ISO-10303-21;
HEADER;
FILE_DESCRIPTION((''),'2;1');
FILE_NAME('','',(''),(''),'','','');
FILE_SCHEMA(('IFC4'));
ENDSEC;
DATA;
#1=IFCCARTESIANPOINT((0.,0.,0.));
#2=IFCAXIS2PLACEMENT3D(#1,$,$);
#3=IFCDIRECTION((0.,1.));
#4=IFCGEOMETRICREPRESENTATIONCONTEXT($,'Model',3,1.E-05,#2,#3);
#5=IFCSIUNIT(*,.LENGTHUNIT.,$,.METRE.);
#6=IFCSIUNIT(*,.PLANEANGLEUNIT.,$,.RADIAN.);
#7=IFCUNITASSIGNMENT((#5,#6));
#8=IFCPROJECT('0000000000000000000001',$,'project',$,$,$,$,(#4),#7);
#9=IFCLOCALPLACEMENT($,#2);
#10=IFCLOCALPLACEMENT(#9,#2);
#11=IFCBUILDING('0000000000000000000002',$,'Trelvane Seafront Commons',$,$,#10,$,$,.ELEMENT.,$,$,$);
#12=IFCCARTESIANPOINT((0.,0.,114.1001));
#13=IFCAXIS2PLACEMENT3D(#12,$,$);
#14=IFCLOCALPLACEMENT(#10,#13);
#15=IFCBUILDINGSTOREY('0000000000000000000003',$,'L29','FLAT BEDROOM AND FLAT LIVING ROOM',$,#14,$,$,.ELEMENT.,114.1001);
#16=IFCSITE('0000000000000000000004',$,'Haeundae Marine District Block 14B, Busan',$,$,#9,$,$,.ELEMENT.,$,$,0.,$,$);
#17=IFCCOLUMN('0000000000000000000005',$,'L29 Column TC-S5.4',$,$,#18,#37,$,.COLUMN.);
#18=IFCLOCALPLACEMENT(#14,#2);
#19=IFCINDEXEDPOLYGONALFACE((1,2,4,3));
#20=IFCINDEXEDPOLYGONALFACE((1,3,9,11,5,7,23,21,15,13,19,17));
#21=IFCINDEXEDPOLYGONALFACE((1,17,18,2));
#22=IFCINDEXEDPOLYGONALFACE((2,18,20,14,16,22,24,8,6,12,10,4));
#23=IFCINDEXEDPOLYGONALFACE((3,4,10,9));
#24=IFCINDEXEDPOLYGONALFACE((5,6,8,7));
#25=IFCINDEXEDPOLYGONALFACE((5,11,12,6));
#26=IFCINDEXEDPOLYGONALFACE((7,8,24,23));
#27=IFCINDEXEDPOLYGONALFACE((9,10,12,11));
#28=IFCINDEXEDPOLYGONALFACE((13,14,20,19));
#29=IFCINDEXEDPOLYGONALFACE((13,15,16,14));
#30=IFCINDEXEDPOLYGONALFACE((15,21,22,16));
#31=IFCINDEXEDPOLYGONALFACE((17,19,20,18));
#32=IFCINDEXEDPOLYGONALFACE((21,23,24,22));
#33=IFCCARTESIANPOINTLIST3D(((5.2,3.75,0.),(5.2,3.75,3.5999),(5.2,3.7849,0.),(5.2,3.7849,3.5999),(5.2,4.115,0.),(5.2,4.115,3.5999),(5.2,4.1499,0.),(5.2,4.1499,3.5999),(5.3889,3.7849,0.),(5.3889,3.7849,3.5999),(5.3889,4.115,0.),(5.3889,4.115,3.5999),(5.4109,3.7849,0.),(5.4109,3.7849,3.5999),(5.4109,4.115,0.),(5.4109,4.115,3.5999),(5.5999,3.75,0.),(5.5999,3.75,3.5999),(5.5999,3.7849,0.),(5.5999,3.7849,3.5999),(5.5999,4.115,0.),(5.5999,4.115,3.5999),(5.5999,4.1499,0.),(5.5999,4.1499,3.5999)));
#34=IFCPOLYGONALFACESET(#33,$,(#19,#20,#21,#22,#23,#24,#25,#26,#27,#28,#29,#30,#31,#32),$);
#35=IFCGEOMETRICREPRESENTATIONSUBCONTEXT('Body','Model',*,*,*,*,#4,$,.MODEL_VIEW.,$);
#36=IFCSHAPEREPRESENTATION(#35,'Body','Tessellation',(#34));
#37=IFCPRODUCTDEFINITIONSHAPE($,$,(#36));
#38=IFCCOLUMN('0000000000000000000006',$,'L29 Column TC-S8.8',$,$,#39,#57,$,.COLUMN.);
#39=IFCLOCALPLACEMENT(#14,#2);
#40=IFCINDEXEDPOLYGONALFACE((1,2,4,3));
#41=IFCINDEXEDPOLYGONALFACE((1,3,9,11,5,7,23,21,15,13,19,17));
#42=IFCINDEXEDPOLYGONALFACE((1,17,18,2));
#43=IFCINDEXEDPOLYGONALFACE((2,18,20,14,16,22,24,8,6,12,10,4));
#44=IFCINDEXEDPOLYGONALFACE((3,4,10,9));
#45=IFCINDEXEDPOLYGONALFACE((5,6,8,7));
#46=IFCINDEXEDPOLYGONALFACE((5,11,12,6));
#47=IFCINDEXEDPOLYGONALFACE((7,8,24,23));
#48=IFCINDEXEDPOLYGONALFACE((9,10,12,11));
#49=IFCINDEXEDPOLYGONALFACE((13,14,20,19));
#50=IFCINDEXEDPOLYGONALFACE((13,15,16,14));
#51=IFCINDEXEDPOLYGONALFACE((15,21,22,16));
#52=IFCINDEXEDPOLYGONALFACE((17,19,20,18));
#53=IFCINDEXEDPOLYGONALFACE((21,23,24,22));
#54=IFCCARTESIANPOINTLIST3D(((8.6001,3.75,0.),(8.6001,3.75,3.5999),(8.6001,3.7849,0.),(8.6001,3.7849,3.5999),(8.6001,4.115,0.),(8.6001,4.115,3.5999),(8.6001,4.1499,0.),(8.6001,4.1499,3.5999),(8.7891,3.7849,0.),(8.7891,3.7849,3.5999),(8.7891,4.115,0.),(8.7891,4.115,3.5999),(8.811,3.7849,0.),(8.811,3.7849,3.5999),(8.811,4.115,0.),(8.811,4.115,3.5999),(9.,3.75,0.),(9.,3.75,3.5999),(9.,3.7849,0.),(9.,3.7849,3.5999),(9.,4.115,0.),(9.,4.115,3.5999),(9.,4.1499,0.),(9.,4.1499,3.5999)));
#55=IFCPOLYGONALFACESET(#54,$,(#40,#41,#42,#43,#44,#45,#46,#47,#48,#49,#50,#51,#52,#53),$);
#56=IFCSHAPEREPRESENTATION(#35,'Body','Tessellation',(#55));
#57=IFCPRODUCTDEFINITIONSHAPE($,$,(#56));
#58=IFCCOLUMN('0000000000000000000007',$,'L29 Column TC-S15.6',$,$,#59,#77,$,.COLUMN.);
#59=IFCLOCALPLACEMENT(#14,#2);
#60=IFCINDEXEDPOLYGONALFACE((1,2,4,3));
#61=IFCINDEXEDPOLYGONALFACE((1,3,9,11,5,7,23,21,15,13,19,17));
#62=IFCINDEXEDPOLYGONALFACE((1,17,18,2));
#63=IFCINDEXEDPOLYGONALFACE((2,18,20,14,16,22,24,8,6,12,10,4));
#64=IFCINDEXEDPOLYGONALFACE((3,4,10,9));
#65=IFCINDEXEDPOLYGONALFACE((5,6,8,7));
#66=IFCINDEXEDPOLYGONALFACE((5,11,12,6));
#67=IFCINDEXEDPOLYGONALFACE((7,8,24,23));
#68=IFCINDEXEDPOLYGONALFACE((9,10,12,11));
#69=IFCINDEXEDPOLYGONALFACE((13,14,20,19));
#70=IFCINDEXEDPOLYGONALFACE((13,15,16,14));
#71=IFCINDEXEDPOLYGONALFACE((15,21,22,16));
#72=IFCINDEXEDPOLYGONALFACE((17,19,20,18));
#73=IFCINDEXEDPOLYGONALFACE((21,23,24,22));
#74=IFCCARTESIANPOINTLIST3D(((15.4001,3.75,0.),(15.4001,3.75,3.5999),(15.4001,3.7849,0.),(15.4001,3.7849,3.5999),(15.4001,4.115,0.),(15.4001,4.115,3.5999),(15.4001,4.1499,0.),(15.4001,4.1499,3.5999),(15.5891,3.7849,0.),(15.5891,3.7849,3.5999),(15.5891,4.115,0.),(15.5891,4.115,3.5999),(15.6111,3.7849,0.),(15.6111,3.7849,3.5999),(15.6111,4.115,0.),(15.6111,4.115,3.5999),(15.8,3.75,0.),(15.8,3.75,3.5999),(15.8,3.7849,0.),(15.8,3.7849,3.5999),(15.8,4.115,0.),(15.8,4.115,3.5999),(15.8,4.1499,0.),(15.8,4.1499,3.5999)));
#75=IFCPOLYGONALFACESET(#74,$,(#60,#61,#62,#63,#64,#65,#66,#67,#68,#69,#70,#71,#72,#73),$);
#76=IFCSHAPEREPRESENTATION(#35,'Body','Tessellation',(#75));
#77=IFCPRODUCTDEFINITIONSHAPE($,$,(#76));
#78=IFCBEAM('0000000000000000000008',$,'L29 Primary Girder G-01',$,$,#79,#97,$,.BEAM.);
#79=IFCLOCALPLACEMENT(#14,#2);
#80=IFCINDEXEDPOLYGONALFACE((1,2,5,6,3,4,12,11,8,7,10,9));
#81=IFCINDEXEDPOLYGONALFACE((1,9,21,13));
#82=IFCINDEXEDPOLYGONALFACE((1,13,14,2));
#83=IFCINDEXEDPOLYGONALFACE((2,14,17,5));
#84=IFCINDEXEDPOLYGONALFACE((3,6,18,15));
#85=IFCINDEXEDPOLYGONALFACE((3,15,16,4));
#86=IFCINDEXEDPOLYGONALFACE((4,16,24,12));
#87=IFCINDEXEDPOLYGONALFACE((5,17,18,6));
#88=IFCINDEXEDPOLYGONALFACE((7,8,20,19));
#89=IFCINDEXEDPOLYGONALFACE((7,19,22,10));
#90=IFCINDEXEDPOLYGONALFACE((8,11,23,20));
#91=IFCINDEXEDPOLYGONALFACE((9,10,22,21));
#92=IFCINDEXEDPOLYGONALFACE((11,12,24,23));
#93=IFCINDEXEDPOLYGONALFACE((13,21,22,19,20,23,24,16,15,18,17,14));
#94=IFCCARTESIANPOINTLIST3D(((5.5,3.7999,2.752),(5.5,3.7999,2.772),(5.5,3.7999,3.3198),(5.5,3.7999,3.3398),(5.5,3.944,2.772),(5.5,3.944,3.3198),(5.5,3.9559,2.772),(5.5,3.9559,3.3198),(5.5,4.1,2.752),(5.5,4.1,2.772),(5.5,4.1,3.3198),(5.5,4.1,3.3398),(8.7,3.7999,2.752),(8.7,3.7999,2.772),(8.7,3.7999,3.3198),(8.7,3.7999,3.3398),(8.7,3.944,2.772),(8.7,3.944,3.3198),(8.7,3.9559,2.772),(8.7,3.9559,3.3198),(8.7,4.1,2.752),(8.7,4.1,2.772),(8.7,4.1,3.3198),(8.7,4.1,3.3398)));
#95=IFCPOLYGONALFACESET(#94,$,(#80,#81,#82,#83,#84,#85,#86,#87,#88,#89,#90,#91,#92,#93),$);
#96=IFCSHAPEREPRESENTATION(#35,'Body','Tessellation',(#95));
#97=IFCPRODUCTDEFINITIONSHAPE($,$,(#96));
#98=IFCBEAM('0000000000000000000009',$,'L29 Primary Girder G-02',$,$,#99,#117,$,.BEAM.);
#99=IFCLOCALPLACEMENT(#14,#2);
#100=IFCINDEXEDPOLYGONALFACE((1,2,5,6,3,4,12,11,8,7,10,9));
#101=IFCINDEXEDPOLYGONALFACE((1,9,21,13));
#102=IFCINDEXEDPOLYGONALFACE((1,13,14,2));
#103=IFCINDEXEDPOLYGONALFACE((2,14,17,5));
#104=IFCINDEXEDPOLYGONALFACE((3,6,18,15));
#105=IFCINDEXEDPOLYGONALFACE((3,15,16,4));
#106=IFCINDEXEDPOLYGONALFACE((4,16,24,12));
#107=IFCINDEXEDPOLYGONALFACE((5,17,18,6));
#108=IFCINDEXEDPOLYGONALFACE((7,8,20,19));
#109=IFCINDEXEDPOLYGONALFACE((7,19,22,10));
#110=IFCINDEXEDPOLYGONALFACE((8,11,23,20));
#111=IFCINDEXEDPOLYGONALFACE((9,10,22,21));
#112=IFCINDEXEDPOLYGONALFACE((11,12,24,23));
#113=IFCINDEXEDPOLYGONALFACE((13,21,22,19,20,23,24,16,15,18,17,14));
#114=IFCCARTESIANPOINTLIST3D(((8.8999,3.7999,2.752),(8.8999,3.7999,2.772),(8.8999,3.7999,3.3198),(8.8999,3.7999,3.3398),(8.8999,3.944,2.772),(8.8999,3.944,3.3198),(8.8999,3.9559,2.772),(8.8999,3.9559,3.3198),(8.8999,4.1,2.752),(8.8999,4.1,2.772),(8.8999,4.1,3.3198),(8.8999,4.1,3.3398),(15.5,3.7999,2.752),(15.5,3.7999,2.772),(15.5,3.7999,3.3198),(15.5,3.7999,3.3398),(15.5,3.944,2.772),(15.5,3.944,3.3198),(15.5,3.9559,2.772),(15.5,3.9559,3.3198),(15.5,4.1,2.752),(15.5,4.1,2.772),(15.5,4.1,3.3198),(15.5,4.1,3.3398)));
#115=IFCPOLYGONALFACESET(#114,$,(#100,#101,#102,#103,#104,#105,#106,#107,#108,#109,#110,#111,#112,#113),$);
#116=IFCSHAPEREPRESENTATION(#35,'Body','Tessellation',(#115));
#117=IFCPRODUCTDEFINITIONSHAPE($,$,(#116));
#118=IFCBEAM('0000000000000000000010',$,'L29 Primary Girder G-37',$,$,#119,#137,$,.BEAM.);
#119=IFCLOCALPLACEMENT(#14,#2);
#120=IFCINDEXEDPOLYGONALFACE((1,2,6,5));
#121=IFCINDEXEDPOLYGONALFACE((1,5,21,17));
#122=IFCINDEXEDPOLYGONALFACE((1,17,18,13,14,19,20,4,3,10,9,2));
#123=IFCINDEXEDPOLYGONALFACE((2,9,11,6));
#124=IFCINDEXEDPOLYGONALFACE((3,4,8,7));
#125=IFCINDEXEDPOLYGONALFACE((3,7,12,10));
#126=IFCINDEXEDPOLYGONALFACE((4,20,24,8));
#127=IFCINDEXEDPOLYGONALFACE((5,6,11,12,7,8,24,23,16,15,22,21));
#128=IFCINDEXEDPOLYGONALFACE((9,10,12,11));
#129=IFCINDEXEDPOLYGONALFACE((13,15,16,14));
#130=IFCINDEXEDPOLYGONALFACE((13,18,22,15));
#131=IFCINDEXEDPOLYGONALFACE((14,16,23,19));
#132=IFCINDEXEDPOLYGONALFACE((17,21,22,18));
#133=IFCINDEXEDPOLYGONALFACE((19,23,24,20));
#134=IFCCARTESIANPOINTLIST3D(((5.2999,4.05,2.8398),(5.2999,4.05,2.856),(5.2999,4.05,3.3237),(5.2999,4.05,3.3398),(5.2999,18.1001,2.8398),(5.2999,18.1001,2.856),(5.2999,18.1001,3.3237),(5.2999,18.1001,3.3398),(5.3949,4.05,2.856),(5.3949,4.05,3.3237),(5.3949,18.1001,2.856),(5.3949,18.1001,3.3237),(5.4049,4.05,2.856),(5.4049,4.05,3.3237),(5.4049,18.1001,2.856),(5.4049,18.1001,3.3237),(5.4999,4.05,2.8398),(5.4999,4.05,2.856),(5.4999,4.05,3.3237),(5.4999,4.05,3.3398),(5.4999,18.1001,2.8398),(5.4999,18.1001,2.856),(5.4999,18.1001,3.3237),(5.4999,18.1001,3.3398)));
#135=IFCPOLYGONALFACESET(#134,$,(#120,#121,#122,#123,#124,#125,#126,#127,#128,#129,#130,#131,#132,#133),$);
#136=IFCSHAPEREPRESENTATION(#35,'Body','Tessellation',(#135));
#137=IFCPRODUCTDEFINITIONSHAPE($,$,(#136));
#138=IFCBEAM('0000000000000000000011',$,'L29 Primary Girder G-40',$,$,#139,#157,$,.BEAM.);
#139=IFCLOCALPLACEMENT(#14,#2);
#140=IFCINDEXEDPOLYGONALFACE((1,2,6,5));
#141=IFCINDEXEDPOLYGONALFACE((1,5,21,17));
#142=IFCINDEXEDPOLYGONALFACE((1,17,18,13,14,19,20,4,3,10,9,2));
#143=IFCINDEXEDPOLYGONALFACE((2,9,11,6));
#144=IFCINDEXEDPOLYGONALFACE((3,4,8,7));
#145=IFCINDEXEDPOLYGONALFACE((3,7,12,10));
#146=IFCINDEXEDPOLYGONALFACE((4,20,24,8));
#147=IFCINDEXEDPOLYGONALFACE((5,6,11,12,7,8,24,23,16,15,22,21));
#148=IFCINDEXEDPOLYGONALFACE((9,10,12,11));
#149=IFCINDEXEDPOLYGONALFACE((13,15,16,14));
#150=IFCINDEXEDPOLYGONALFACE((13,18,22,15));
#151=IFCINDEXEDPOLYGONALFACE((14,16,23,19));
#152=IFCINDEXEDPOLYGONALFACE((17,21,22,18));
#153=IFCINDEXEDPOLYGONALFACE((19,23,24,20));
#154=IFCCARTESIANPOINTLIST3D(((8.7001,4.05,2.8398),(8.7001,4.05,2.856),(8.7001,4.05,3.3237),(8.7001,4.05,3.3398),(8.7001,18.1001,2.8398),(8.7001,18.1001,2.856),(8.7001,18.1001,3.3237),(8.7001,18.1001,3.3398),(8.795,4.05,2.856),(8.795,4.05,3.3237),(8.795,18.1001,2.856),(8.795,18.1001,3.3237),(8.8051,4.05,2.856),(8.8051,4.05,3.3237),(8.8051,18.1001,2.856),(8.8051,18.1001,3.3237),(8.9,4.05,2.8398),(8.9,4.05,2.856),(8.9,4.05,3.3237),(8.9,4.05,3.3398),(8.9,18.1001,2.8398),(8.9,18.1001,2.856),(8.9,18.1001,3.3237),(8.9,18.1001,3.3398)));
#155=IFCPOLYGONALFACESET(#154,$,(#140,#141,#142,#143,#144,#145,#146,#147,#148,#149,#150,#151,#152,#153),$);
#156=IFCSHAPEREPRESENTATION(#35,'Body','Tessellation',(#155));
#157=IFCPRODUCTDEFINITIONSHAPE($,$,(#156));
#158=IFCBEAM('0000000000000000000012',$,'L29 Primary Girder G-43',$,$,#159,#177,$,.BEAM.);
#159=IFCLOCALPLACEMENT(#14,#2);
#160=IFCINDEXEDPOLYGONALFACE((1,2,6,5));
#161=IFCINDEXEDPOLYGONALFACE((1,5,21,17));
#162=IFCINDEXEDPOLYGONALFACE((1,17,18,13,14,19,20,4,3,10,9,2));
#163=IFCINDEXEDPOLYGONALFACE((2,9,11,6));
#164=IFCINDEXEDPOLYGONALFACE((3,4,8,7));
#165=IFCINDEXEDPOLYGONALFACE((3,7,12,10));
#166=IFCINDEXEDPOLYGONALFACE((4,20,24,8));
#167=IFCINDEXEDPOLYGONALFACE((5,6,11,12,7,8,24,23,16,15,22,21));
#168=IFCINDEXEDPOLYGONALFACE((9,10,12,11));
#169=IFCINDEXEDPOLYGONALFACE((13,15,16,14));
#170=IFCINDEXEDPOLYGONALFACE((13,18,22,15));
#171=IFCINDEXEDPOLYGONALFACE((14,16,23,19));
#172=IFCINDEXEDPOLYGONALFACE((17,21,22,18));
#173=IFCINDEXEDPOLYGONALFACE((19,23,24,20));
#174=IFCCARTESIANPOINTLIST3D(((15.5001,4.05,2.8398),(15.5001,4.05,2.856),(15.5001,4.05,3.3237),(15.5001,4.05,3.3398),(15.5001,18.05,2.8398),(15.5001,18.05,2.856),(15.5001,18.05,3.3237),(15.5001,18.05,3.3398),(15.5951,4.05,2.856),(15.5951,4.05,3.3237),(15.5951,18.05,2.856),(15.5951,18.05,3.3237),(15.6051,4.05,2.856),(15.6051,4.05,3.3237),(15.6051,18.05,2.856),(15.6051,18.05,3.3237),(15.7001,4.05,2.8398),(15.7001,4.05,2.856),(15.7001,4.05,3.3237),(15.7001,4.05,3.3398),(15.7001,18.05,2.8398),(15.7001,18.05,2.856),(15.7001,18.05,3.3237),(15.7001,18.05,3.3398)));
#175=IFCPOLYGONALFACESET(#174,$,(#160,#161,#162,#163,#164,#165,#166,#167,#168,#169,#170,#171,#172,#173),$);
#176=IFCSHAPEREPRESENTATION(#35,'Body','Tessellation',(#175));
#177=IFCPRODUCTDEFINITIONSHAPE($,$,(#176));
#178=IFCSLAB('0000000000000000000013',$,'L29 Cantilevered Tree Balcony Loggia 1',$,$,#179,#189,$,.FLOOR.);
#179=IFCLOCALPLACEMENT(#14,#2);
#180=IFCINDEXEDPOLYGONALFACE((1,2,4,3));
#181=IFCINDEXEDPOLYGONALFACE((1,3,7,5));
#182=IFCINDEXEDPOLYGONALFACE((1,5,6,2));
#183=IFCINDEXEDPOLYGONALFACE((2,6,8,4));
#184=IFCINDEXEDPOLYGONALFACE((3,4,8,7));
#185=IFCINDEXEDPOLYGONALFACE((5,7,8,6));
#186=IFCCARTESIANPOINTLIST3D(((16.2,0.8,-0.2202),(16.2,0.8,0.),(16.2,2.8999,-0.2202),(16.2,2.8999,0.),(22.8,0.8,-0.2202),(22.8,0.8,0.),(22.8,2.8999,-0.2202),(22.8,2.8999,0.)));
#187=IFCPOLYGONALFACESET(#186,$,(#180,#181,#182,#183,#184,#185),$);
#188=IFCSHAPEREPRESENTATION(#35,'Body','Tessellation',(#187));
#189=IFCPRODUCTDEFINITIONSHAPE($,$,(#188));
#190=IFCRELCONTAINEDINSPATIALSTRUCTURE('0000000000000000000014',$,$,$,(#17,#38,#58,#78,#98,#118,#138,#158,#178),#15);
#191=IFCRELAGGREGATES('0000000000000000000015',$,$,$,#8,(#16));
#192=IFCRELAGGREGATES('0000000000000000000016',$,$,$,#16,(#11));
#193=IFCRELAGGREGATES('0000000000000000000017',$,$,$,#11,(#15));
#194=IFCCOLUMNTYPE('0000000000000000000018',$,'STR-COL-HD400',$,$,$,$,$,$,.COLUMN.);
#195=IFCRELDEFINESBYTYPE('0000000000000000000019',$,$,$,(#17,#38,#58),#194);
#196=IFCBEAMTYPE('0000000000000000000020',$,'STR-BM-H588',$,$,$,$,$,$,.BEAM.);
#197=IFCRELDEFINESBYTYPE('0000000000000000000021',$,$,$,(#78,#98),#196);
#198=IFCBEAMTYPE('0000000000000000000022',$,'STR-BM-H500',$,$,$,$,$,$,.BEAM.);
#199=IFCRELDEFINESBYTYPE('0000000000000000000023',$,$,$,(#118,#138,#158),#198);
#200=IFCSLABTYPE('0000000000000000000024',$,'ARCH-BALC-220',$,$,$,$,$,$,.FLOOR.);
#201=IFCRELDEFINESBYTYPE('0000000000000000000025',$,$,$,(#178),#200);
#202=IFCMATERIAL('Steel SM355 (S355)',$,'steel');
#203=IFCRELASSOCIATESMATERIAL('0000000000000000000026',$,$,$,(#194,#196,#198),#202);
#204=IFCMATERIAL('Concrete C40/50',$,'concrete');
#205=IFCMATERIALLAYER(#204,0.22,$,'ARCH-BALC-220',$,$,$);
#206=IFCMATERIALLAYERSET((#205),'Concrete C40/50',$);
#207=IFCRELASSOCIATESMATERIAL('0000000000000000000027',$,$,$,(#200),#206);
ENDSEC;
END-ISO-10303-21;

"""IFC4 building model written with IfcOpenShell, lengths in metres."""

from ifc_helpers import new_model, si_unit, direction, frame, origin, origin_2d, place, context, subcontext, project, spatial, polyline, i_section, outline, extrude, source, transform, mapped, material, layer, layer_set, material_profile, profile_set, type_object, element, save


model = new_model("IFC4")

# Units and contexts
model_context = context("Model", 3, precision=1e-05, world=origin(), true_north=direction((0.0, 1.0)))
body_context = subcontext(model_context, "Body", "Model", "MODEL_VIEW")
ifc_project = project(units=[si_unit("LENGTHUNIT", "METRE"), si_unit("PLANEANGLEUNIT", "RADIAN")], contexts=[model_context])

# Site, building, storey
site_placement = place(None, origin())
site = spatial("IfcSite", under=ifc_project, at=site_placement, Name="Haeundae Marine District Block 14B, Busan", CompositionType="ELEMENT", RefElevation=0.0)
building_placement = place(site_placement, origin())
building = spatial("IfcBuilding", under=site, at=building_placement, Name="Trelvane Seafront Commons", CompositionType="ELEMENT")
storey_placement = place(building_placement, frame((0.0, 0.0, 114.1001)))
storey = spatial("IfcBuildingStorey", under=building, at=storey_placement, Name="L29", Description="FLAT BEDROOM AND FLAT LIVING ROOM", CompositionType="ELEMENT", Elevation=114.1001)

# Columns
ifc_material_1 = material(Name="Steel SM355 (S355)", Category="steel")
ifc_material_profile_1 = material_profile(ifc_material_1, i_section(OverallWidth=0.3999, OverallDepth=0.3999, WebThickness=0.022, FlangeThickness=0.0349, at=origin_2d()), Name="HD-400x400x22x35")
ifc_profile_set_1 = profile_set([ifc_material_profile_1], Name="Steel SM355 (S355)")
column_type = type_object("IfcColumnType", Name="STR-COL-HD400", PredefinedType="COLUMN", material=ifc_profile_set_1)
shared_shape_1 = source(origin(), body_context, "Body", "SweptSolid", [
    extrude(i_section(OverallWidth=0.3999, OverallDepth=0.3999, WebThickness=0.022, FlangeThickness=0.0349, at=origin_2d()), origin(), (0.0, 0.0, 1.0), 3.5999),
])
for number, where, z_axis, x_axis, name in (
    (1, (5.3999, 3.95, 0.0), (0.0, 0.0, 1.0), (1.0, 0.0, 0.0), "L29 Column TC-S5.4"),
    (2, (8.8, 3.95, 0.0), (0.0, 0.0, 1.0), (1.0, 0.0, 0.0), "L29 Column TC-S8.8"),
    (3, (15.6001, 3.95, 0.0), (0.0, 0.0, 1.0), (1.0, 0.0, 0.0), "L29 Column TC-S15.6"),
):
    element("IfcColumn", number, at=place(storey_placement, frame(where, z_axis=z_axis, x_axis=x_axis)), inside=storey, type_object=column_type, Name=name, PredefinedType="COLUMN", context=body_context, shape_type="MappedRepresentation", body=[
        mapped(shared_shape_1, transform((0.0, 0.0, 0.0), x_axis=(1.0, 0.0, 0.0), y_axis=(0.0, 1.0, 0.0), z_axis=(0.0, 0.0, 1.0), scale=1.0)),
    ])

# Beams
ifc_material_profile_2 = material_profile(ifc_material_1, i_section(OverallWidth=0.3, OverallDepth=0.5879, WebThickness=0.012, FlangeThickness=0.02, at=origin_2d()), Name="H-588x300x12x20")
ifc_profile_set_2 = profile_set([ifc_material_profile_2], Name="Steel SM355 (S355)")
beam_type_1 = type_object("IfcBeamType", Name="STR-BM-H588", PredefinedType="BEAM", material=ifc_profile_set_2)
shared_shape_2 = source(origin(), body_context, "Body", "SweptSolid", [
    extrude(i_section(OverallWidth=0.3, OverallDepth=0.5879, WebThickness=0.012, FlangeThickness=0.02, at=origin_2d()), origin(), (0.0, 0.0, 1.0), 3.2),
])
beam_1_placement = place(storey_placement, frame((5.5, 3.95, 3.0459), z_axis=(1.0, 0.0, 0.0), x_axis=(0.0, 1.0, 0.0)))
element("IfcBeam", 4, at=beam_1_placement, inside=storey, type_object=beam_type_1, Name="L29 Primary Girder G-01", PredefinedType="BEAM", context=body_context, shape_type="MappedRepresentation", body=[
    mapped(shared_shape_2, transform((0.0, 0.0, 0.0), x_axis=(1.0, 0.0, 0.0), y_axis=(0.0, 1.0, 0.0), z_axis=(0.0, 0.0, 1.0), scale=1.0)),
])
shared_shape_3 = source(origin(), body_context, "Body", "SweptSolid", [
    extrude(i_section(OverallWidth=0.3, OverallDepth=0.5879, WebThickness=0.012, FlangeThickness=0.02, at=origin_2d()), origin(), (0.0, 0.0, 1.0), 6.6001),
])
beam_2_placement = place(storey_placement, frame((8.8999, 3.95, 3.0459), z_axis=(1.0, 0.0, 0.0), x_axis=(0.0, 1.0, 0.0)))
element("IfcBeam", 5, at=beam_2_placement, inside=storey, type_object=beam_type_1, Name="L29 Primary Girder G-02", PredefinedType="BEAM", context=body_context, shape_type="MappedRepresentation", body=[
    mapped(shared_shape_3, transform((0.0, 0.0, 0.0), x_axis=(1.0, 0.0, 0.0), y_axis=(0.0, 1.0, 0.0), z_axis=(0.0, 0.0, 1.0), scale=1.0)),
])
ifc_material_profile_3 = material_profile(ifc_material_1, i_section(OverallWidth=0.2, OverallDepth=0.5, WebThickness=0.01, FlangeThickness=0.0161, at=origin_2d()), Name="H-500x200x10x16")
ifc_profile_set_3 = profile_set([ifc_material_profile_3], Name="Steel SM355 (S355)")
beam_type_2 = type_object("IfcBeamType", Name="STR-BM-H500", PredefinedType="BEAM", material=ifc_profile_set_3)
shared_shape_4 = source(origin(), body_context, "Body", "SweptSolid", [
    extrude(i_section(OverallWidth=0.2, OverallDepth=0.5, WebThickness=0.01, FlangeThickness=0.0161, at=origin_2d()), origin(), (0.0, 0.0, 1.0), 14.05),
])
for number, where, z_axis, x_axis, name in (
    (6, (5.3999, 4.05, 3.0898), (0.0, 1.0, 0.0), (-1.0, 0.0, 0.0), "L29 Primary Girder G-37"),
    (7, (8.8, 4.05, 3.0898), (0.0, 1.0, 0.0), (-1.0, 0.0, 0.0), "L29 Primary Girder G-40"),
):
    element("IfcBeam", number, at=place(storey_placement, frame(where, z_axis=z_axis, x_axis=x_axis)), inside=storey, type_object=beam_type_2, Name=name, PredefinedType="BEAM", context=body_context, shape_type="MappedRepresentation", body=[
        mapped(shared_shape_4, transform((0.0, 0.0, 0.0), x_axis=(1.0, 0.0, 0.0), y_axis=(0.0, 1.0, 0.0), z_axis=(0.0, 0.0, 1.0), scale=1.0)),
    ])
shared_shape_5 = source(origin(), body_context, "Body", "SweptSolid", [
    extrude(i_section(OverallWidth=0.2, OverallDepth=0.5, WebThickness=0.01, FlangeThickness=0.0161, at=origin_2d()), origin(), (0.0, 0.0, 1.0), 14.0),
])
beam_3_placement = place(storey_placement, frame((15.6001, 4.05, 3.0898), z_axis=(0.0, 1.0, 0.0), x_axis=(-1.0, 0.0, 0.0)))
element("IfcBeam", 8, at=beam_3_placement, inside=storey, type_object=beam_type_2, Name="L29 Primary Girder G-43", PredefinedType="BEAM", context=body_context, shape_type="MappedRepresentation", body=[
    mapped(shared_shape_5, transform((0.0, 0.0, 0.0), x_axis=(1.0, 0.0, 0.0), y_axis=(0.0, 1.0, 0.0), z_axis=(0.0, 0.0, 1.0), scale=1.0)),
])

# Slab
ifc_material_2 = material(Name="Concrete C40/50", Category="concrete")
ifc_layer_1 = layer(ifc_material_2, 0.22, Name="ARCH-BALC-220")
ifc_layer_set_1 = layer_set([ifc_layer_1], Name="Concrete C40/50")
slab_type_1 = type_object("IfcSlabType", Name="ARCH-BALC-220", PredefinedType="FLOOR", material=ifc_layer_set_1)
slab_1_placement = place(storey_placement, frame((0.0, 0.0, -0.2202)))
element("IfcSlab", 9, at=slab_1_placement, inside=storey, type_object=slab_type_1, Name="L29 Cantilevered Tree Balcony Loggia 1", PredefinedType="FLOOR", context=body_context, shape_type="SweptSolid", body=[
    extrude(outline(polyline([(16.2, 0.8), (22.8, 0.8), (22.8, 2.8999), (16.2, 2.8999), (16.2, 0.8)])), origin(), (0.0, 0.0, 1.0), 0.2202),
])

save(model, "model.ifc")
